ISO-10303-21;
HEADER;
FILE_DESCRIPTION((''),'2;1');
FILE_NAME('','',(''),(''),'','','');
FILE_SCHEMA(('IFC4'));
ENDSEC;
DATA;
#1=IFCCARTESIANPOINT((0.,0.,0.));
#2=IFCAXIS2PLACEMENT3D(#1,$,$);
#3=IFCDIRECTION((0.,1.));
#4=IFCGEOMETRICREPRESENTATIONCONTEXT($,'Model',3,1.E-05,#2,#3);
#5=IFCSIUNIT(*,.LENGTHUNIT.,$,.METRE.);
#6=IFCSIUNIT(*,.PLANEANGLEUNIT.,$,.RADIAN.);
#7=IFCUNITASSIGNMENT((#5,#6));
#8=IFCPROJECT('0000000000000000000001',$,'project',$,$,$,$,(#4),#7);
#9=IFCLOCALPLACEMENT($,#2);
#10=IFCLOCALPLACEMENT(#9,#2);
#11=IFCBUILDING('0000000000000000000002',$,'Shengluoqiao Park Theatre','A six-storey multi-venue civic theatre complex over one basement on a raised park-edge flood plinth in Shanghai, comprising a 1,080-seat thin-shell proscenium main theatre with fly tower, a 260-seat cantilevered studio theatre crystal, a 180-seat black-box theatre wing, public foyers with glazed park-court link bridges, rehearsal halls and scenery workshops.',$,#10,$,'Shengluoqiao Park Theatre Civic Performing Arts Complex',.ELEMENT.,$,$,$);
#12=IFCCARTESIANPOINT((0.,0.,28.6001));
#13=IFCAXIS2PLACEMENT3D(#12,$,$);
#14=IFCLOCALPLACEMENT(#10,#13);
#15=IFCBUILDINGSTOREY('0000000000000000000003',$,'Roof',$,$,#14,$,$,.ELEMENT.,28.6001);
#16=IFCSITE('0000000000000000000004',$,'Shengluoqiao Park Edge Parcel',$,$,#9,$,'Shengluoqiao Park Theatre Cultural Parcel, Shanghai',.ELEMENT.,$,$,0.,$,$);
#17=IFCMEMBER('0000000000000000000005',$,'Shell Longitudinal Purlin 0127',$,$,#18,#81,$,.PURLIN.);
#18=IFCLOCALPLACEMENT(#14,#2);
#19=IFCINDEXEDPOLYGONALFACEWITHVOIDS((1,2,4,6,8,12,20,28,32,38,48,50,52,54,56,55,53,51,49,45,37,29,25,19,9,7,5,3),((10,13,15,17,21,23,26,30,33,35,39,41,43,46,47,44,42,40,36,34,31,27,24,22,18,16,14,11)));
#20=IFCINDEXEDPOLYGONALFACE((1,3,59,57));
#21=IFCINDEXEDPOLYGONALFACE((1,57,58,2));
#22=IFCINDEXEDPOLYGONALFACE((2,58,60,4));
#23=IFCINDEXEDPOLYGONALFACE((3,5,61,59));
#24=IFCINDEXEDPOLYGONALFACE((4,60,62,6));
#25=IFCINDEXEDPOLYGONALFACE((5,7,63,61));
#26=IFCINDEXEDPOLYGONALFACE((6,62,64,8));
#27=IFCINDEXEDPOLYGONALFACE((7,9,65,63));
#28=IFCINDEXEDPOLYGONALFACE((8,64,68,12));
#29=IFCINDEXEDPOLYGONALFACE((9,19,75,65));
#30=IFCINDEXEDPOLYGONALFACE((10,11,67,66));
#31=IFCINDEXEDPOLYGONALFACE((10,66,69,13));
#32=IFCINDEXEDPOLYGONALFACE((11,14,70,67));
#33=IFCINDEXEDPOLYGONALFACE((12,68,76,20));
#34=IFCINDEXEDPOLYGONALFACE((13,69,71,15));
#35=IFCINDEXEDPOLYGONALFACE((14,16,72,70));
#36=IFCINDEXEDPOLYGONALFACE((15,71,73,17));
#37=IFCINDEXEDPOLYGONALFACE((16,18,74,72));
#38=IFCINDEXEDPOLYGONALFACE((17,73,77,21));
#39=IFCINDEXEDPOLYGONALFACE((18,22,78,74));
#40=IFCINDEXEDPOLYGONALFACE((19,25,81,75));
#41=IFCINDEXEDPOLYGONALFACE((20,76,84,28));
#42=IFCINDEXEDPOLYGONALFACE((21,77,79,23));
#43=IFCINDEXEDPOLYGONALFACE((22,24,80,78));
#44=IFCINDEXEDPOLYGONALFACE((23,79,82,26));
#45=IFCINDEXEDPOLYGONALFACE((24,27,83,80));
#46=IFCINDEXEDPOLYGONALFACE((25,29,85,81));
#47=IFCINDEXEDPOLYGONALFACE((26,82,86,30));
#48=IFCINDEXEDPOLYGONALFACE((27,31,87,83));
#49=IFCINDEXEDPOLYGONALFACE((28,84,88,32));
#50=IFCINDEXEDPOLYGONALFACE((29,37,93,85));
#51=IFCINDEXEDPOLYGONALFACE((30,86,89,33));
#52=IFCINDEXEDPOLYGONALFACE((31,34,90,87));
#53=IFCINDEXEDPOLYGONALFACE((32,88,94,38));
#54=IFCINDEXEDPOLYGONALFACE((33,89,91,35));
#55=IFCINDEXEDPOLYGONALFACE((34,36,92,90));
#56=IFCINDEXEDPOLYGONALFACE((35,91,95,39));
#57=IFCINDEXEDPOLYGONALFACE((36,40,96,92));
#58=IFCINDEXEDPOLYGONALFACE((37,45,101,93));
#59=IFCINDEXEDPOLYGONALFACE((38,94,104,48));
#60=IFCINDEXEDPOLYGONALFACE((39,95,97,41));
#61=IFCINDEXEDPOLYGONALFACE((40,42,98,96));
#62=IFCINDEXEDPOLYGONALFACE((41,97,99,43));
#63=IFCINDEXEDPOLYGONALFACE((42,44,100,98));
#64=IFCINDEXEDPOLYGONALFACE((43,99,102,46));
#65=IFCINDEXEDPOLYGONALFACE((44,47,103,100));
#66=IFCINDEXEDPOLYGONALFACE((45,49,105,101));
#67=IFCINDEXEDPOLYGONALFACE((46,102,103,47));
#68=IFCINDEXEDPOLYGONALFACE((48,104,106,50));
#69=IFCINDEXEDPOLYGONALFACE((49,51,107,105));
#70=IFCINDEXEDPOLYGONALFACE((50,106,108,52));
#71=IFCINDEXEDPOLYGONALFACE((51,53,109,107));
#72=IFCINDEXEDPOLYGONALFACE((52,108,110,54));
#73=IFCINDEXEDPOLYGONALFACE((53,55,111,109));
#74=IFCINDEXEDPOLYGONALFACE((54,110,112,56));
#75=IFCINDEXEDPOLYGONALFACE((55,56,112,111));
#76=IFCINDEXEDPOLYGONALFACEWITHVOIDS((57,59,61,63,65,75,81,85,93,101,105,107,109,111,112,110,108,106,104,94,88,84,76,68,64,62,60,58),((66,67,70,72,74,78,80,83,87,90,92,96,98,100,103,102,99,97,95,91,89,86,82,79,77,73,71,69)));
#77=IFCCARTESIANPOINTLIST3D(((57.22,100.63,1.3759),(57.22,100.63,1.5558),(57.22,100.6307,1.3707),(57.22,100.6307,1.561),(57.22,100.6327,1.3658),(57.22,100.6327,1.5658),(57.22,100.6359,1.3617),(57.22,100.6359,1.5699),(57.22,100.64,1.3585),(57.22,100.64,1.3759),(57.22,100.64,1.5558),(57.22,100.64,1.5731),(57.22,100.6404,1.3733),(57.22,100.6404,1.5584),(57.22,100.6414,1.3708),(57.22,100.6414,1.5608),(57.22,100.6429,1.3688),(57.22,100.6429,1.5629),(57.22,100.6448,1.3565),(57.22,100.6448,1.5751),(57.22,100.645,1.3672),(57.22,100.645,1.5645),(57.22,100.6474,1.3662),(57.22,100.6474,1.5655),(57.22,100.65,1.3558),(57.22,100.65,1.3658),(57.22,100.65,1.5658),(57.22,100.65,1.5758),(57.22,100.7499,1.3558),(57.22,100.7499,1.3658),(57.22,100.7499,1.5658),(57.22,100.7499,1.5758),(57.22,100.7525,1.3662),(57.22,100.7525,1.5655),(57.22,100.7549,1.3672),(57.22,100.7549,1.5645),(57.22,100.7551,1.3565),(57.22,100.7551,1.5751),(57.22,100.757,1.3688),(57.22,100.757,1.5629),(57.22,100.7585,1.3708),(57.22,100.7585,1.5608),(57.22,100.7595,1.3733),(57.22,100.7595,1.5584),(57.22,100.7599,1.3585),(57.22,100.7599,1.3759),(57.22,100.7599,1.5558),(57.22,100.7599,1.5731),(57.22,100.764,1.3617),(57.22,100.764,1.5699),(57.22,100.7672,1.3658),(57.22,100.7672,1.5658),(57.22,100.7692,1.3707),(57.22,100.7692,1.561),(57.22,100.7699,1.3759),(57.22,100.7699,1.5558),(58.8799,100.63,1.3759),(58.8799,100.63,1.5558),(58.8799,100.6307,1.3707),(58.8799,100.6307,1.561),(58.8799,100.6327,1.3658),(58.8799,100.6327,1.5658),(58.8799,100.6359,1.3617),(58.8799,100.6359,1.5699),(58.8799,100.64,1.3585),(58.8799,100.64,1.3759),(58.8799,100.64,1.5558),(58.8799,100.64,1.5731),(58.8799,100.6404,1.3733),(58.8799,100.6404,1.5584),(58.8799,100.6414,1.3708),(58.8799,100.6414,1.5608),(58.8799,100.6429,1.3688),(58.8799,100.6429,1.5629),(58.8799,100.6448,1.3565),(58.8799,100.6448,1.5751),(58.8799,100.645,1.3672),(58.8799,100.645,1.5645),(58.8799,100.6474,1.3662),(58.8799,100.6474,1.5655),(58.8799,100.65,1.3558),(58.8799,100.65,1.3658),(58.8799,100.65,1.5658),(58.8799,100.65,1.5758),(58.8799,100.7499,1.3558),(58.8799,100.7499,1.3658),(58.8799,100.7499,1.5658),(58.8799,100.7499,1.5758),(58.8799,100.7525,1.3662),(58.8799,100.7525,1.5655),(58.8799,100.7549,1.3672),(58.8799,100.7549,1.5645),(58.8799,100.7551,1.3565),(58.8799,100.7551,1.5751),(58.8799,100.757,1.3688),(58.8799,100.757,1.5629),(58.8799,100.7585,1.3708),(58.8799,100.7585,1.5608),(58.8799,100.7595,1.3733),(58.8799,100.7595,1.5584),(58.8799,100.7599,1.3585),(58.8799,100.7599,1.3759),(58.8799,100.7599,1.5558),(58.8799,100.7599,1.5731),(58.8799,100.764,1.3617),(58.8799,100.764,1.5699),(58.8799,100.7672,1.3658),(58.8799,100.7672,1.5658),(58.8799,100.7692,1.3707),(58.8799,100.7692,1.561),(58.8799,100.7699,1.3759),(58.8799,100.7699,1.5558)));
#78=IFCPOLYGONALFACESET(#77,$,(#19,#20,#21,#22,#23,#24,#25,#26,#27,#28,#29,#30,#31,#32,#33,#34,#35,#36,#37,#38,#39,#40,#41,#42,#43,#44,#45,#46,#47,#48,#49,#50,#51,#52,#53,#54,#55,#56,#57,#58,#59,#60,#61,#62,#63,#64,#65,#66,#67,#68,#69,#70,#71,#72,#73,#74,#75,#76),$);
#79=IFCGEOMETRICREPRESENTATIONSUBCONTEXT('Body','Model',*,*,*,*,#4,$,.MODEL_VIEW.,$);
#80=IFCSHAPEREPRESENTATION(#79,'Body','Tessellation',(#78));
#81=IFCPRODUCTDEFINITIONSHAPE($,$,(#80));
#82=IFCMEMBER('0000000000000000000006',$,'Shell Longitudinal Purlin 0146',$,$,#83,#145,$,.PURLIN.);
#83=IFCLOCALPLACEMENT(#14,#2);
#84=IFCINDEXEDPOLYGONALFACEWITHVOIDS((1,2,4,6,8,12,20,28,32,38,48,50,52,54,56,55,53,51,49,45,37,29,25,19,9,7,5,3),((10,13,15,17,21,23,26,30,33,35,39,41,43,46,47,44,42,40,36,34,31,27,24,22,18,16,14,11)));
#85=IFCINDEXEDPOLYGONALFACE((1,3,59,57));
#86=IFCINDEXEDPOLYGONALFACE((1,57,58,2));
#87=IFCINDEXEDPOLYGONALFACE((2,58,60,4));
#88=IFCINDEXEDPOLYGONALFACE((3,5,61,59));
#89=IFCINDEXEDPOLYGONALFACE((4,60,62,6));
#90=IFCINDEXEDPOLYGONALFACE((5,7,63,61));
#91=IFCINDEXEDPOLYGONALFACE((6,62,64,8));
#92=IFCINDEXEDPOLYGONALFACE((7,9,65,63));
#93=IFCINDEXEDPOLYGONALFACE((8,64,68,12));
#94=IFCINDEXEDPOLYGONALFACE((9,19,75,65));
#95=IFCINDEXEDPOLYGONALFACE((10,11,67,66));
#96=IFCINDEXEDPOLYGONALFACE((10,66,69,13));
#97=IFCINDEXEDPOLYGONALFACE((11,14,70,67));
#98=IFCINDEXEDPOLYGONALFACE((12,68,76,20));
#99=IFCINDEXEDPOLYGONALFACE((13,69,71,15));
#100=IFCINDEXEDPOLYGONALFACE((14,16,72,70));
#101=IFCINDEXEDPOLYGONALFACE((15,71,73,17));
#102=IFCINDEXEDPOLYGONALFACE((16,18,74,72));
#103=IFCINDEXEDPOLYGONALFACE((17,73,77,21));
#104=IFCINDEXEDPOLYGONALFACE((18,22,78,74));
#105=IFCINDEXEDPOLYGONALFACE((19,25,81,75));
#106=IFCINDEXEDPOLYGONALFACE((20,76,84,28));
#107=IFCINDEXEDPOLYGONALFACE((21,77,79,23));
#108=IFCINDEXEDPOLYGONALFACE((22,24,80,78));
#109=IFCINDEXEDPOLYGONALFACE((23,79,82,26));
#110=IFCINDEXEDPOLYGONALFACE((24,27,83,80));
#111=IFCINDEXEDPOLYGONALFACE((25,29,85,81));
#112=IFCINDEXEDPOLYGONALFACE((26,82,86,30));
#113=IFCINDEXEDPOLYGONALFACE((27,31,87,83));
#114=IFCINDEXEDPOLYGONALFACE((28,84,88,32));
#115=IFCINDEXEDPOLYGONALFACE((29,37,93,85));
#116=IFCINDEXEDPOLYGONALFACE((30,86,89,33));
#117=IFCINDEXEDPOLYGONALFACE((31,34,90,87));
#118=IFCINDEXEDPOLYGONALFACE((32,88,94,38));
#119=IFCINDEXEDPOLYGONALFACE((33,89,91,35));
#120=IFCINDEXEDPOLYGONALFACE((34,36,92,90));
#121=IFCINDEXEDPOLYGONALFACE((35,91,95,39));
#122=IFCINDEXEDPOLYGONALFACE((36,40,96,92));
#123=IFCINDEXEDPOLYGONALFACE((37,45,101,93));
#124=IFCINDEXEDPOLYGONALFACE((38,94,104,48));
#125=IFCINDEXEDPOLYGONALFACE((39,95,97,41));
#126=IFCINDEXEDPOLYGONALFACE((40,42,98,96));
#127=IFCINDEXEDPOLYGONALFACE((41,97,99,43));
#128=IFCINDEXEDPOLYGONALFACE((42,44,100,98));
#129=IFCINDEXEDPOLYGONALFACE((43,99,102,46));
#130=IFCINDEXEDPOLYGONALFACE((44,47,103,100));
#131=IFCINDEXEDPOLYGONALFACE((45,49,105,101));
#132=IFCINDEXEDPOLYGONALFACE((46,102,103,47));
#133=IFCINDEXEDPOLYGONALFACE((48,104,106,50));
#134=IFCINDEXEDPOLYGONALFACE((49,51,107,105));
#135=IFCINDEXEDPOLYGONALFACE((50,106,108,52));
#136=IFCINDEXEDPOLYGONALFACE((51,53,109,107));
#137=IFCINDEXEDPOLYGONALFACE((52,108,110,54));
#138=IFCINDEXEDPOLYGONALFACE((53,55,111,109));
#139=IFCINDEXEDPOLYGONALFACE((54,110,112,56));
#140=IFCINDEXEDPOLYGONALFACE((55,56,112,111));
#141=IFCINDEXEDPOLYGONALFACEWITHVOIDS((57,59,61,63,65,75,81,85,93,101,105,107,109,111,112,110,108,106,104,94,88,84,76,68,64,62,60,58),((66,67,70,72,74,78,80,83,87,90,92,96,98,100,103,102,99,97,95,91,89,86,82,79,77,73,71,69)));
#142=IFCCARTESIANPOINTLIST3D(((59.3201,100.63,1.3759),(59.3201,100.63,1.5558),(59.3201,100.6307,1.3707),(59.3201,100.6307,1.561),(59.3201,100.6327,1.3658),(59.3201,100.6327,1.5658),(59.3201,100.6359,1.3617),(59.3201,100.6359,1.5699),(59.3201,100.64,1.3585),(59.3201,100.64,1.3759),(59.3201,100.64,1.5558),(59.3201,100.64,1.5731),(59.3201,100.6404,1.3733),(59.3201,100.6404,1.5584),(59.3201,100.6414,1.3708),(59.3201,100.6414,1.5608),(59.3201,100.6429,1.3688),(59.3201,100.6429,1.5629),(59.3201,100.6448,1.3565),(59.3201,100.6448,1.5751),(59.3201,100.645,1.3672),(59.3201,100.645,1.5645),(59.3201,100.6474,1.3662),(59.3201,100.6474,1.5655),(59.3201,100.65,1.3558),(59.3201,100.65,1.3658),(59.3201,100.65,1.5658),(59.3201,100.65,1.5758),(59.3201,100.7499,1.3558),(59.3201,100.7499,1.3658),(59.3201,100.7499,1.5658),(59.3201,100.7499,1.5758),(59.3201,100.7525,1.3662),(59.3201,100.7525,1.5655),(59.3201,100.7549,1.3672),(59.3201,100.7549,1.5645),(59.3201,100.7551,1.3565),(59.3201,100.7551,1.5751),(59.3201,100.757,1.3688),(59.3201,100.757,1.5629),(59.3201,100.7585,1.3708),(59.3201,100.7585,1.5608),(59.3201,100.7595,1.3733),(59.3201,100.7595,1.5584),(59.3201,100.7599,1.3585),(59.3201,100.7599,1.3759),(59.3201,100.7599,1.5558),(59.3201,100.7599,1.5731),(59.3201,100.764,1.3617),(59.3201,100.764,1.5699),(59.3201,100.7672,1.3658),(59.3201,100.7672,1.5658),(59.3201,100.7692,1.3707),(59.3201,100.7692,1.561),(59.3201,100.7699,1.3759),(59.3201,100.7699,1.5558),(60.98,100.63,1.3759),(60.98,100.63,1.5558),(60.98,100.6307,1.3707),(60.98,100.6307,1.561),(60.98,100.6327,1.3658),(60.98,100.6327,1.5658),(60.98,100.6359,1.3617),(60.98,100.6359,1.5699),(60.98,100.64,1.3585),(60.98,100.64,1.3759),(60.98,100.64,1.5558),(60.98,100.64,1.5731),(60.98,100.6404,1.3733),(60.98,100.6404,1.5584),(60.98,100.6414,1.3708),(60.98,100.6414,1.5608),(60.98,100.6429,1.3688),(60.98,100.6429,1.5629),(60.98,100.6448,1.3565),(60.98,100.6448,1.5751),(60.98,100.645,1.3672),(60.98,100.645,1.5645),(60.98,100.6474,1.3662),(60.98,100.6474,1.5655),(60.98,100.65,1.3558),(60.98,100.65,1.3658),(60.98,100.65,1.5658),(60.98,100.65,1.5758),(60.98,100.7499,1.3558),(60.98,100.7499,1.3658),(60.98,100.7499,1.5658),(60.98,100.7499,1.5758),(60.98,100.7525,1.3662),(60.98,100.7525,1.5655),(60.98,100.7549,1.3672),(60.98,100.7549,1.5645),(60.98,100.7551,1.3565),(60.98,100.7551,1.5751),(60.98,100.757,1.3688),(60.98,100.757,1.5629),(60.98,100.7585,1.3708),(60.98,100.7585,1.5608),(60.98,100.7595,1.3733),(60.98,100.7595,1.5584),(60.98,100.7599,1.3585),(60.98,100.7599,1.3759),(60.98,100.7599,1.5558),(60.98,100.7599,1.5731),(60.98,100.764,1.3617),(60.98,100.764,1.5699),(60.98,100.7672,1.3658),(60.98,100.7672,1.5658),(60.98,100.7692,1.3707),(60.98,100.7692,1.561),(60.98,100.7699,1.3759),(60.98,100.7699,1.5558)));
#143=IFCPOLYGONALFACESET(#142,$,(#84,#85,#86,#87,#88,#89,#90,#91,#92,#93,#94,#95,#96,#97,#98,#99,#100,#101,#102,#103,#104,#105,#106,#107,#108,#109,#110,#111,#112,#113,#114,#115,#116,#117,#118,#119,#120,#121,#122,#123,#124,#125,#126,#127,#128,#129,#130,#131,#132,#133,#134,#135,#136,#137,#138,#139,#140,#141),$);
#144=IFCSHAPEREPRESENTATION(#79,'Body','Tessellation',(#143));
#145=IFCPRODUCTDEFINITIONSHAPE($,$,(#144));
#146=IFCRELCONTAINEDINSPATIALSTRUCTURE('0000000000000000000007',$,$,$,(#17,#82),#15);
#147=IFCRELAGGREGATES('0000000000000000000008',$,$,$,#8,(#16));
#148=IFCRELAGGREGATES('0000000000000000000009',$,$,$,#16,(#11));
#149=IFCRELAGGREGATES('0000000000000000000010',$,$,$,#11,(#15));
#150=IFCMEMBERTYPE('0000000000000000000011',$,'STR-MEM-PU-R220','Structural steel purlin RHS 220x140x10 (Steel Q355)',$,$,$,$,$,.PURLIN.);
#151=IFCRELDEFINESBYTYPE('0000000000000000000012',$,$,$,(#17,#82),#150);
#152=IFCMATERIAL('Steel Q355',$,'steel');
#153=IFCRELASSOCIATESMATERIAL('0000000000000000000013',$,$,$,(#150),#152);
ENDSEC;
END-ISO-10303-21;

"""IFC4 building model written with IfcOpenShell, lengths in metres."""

from ifc_helpers import new_model, si_unit, direction, frame, origin, origin_2d, place, context, subcontext, project, spatial, hollow_rectangle, extrude, material, material_profile, profile_set, type_object, element, save


model = new_model("IFC4")

# Units and contexts
model_context = context("Model", 3, precision=1e-05, world=origin(), true_north=direction((0.0, 1.0)))
body_context = subcontext(model_context, "Body", "Model", "MODEL_VIEW")
ifc_project = project(units=[si_unit("LENGTHUNIT", "METRE"), si_unit("PLANEANGLEUNIT", "RADIAN")], contexts=[model_context])

# Site, building, storey
site_placement = place(None, origin())
site = spatial("IfcSite", under=ifc_project, at=site_placement, Name="Shengluoqiao Park Edge Parcel", LongName="Shengluoqiao Park Theatre Cultural Parcel, Shanghai", CompositionType="ELEMENT", RefElevation=0.0)
building_placement = place(site_placement, origin())
building = spatial("IfcBuilding", under=site, at=building_placement, Name="Shengluoqiao Park Theatre", Description="A six-storey multi-venue civic theatre complex over one basement on a raised park-edge flood plinth in Shanghai, comprising a 1,080-seat thin-shell proscenium main theatre with fly tower, a 260-seat cantilevered studio theatre crystal, a 180-seat black-box theatre wing, public foyers with glazed park-court link bridges, rehearsal halls and scenery workshops.", LongName="Shengluoqiao Park Theatre Civic Performing Arts Complex", CompositionType="ELEMENT")
storey_placement = place(building_placement, frame((0.0, 0.0, 28.6001)))
storey = spatial("IfcBuildingStorey", under=building, at=storey_placement, Name="Roof", CompositionType="ELEMENT", Elevation=28.6001)

# Members
ifc_material_1 = material(Name="Steel Q355", Category="steel")
ifc_material_profile_1 = material_profile(ifc_material_1, hollow_rectangle(XDim=0.1399, YDim=0.22, WallThickness=0.01, InnerFilletRadius=0.01, OuterFilletRadius=0.02, at=origin_2d()), Name="RHS 220x140x10")
ifc_profile_set_1 = profile_set([ifc_material_profile_1], Name="Steel Q355")
member_type_1 = type_object("IfcMemberType", Name="STR-MEM-PU-R220", Description="Structural steel purlin RHS 220x140x10 (Steel Q355)", PredefinedType="PURLIN", material=ifc_profile_set_1)
for number, where, z_axis, x_axis, name in (
    (1, (57.22, 100.7, 1.4658), (1.0, 0.0, 0.0), (0.0, 1.0, 0.0), "Shell Longitudinal Purlin 0127"),
    (2, (59.3201, 100.7, 1.4658), (1.0, 0.0, 0.0), (0.0, 1.0, 0.0), "Shell Longitudinal Purlin 0146"),
):
    element("IfcMember", number, at=place(storey_placement, frame(where, z_axis=z_axis, x_axis=x_axis)), inside=storey, type_object=member_type_1, Name=name, PredefinedType="PURLIN", context=body_context, shape_type="SweptSolid", body=[
        extrude(hollow_rectangle(XDim=0.1399, YDim=0.22, WallThickness=0.01, InnerFilletRadius=0.01, OuterFilletRadius=0.02, at=origin_2d()), origin(), (0.0, 0.0, 1.0), 1.6599),
    ])

save(model, "model.ifc")
